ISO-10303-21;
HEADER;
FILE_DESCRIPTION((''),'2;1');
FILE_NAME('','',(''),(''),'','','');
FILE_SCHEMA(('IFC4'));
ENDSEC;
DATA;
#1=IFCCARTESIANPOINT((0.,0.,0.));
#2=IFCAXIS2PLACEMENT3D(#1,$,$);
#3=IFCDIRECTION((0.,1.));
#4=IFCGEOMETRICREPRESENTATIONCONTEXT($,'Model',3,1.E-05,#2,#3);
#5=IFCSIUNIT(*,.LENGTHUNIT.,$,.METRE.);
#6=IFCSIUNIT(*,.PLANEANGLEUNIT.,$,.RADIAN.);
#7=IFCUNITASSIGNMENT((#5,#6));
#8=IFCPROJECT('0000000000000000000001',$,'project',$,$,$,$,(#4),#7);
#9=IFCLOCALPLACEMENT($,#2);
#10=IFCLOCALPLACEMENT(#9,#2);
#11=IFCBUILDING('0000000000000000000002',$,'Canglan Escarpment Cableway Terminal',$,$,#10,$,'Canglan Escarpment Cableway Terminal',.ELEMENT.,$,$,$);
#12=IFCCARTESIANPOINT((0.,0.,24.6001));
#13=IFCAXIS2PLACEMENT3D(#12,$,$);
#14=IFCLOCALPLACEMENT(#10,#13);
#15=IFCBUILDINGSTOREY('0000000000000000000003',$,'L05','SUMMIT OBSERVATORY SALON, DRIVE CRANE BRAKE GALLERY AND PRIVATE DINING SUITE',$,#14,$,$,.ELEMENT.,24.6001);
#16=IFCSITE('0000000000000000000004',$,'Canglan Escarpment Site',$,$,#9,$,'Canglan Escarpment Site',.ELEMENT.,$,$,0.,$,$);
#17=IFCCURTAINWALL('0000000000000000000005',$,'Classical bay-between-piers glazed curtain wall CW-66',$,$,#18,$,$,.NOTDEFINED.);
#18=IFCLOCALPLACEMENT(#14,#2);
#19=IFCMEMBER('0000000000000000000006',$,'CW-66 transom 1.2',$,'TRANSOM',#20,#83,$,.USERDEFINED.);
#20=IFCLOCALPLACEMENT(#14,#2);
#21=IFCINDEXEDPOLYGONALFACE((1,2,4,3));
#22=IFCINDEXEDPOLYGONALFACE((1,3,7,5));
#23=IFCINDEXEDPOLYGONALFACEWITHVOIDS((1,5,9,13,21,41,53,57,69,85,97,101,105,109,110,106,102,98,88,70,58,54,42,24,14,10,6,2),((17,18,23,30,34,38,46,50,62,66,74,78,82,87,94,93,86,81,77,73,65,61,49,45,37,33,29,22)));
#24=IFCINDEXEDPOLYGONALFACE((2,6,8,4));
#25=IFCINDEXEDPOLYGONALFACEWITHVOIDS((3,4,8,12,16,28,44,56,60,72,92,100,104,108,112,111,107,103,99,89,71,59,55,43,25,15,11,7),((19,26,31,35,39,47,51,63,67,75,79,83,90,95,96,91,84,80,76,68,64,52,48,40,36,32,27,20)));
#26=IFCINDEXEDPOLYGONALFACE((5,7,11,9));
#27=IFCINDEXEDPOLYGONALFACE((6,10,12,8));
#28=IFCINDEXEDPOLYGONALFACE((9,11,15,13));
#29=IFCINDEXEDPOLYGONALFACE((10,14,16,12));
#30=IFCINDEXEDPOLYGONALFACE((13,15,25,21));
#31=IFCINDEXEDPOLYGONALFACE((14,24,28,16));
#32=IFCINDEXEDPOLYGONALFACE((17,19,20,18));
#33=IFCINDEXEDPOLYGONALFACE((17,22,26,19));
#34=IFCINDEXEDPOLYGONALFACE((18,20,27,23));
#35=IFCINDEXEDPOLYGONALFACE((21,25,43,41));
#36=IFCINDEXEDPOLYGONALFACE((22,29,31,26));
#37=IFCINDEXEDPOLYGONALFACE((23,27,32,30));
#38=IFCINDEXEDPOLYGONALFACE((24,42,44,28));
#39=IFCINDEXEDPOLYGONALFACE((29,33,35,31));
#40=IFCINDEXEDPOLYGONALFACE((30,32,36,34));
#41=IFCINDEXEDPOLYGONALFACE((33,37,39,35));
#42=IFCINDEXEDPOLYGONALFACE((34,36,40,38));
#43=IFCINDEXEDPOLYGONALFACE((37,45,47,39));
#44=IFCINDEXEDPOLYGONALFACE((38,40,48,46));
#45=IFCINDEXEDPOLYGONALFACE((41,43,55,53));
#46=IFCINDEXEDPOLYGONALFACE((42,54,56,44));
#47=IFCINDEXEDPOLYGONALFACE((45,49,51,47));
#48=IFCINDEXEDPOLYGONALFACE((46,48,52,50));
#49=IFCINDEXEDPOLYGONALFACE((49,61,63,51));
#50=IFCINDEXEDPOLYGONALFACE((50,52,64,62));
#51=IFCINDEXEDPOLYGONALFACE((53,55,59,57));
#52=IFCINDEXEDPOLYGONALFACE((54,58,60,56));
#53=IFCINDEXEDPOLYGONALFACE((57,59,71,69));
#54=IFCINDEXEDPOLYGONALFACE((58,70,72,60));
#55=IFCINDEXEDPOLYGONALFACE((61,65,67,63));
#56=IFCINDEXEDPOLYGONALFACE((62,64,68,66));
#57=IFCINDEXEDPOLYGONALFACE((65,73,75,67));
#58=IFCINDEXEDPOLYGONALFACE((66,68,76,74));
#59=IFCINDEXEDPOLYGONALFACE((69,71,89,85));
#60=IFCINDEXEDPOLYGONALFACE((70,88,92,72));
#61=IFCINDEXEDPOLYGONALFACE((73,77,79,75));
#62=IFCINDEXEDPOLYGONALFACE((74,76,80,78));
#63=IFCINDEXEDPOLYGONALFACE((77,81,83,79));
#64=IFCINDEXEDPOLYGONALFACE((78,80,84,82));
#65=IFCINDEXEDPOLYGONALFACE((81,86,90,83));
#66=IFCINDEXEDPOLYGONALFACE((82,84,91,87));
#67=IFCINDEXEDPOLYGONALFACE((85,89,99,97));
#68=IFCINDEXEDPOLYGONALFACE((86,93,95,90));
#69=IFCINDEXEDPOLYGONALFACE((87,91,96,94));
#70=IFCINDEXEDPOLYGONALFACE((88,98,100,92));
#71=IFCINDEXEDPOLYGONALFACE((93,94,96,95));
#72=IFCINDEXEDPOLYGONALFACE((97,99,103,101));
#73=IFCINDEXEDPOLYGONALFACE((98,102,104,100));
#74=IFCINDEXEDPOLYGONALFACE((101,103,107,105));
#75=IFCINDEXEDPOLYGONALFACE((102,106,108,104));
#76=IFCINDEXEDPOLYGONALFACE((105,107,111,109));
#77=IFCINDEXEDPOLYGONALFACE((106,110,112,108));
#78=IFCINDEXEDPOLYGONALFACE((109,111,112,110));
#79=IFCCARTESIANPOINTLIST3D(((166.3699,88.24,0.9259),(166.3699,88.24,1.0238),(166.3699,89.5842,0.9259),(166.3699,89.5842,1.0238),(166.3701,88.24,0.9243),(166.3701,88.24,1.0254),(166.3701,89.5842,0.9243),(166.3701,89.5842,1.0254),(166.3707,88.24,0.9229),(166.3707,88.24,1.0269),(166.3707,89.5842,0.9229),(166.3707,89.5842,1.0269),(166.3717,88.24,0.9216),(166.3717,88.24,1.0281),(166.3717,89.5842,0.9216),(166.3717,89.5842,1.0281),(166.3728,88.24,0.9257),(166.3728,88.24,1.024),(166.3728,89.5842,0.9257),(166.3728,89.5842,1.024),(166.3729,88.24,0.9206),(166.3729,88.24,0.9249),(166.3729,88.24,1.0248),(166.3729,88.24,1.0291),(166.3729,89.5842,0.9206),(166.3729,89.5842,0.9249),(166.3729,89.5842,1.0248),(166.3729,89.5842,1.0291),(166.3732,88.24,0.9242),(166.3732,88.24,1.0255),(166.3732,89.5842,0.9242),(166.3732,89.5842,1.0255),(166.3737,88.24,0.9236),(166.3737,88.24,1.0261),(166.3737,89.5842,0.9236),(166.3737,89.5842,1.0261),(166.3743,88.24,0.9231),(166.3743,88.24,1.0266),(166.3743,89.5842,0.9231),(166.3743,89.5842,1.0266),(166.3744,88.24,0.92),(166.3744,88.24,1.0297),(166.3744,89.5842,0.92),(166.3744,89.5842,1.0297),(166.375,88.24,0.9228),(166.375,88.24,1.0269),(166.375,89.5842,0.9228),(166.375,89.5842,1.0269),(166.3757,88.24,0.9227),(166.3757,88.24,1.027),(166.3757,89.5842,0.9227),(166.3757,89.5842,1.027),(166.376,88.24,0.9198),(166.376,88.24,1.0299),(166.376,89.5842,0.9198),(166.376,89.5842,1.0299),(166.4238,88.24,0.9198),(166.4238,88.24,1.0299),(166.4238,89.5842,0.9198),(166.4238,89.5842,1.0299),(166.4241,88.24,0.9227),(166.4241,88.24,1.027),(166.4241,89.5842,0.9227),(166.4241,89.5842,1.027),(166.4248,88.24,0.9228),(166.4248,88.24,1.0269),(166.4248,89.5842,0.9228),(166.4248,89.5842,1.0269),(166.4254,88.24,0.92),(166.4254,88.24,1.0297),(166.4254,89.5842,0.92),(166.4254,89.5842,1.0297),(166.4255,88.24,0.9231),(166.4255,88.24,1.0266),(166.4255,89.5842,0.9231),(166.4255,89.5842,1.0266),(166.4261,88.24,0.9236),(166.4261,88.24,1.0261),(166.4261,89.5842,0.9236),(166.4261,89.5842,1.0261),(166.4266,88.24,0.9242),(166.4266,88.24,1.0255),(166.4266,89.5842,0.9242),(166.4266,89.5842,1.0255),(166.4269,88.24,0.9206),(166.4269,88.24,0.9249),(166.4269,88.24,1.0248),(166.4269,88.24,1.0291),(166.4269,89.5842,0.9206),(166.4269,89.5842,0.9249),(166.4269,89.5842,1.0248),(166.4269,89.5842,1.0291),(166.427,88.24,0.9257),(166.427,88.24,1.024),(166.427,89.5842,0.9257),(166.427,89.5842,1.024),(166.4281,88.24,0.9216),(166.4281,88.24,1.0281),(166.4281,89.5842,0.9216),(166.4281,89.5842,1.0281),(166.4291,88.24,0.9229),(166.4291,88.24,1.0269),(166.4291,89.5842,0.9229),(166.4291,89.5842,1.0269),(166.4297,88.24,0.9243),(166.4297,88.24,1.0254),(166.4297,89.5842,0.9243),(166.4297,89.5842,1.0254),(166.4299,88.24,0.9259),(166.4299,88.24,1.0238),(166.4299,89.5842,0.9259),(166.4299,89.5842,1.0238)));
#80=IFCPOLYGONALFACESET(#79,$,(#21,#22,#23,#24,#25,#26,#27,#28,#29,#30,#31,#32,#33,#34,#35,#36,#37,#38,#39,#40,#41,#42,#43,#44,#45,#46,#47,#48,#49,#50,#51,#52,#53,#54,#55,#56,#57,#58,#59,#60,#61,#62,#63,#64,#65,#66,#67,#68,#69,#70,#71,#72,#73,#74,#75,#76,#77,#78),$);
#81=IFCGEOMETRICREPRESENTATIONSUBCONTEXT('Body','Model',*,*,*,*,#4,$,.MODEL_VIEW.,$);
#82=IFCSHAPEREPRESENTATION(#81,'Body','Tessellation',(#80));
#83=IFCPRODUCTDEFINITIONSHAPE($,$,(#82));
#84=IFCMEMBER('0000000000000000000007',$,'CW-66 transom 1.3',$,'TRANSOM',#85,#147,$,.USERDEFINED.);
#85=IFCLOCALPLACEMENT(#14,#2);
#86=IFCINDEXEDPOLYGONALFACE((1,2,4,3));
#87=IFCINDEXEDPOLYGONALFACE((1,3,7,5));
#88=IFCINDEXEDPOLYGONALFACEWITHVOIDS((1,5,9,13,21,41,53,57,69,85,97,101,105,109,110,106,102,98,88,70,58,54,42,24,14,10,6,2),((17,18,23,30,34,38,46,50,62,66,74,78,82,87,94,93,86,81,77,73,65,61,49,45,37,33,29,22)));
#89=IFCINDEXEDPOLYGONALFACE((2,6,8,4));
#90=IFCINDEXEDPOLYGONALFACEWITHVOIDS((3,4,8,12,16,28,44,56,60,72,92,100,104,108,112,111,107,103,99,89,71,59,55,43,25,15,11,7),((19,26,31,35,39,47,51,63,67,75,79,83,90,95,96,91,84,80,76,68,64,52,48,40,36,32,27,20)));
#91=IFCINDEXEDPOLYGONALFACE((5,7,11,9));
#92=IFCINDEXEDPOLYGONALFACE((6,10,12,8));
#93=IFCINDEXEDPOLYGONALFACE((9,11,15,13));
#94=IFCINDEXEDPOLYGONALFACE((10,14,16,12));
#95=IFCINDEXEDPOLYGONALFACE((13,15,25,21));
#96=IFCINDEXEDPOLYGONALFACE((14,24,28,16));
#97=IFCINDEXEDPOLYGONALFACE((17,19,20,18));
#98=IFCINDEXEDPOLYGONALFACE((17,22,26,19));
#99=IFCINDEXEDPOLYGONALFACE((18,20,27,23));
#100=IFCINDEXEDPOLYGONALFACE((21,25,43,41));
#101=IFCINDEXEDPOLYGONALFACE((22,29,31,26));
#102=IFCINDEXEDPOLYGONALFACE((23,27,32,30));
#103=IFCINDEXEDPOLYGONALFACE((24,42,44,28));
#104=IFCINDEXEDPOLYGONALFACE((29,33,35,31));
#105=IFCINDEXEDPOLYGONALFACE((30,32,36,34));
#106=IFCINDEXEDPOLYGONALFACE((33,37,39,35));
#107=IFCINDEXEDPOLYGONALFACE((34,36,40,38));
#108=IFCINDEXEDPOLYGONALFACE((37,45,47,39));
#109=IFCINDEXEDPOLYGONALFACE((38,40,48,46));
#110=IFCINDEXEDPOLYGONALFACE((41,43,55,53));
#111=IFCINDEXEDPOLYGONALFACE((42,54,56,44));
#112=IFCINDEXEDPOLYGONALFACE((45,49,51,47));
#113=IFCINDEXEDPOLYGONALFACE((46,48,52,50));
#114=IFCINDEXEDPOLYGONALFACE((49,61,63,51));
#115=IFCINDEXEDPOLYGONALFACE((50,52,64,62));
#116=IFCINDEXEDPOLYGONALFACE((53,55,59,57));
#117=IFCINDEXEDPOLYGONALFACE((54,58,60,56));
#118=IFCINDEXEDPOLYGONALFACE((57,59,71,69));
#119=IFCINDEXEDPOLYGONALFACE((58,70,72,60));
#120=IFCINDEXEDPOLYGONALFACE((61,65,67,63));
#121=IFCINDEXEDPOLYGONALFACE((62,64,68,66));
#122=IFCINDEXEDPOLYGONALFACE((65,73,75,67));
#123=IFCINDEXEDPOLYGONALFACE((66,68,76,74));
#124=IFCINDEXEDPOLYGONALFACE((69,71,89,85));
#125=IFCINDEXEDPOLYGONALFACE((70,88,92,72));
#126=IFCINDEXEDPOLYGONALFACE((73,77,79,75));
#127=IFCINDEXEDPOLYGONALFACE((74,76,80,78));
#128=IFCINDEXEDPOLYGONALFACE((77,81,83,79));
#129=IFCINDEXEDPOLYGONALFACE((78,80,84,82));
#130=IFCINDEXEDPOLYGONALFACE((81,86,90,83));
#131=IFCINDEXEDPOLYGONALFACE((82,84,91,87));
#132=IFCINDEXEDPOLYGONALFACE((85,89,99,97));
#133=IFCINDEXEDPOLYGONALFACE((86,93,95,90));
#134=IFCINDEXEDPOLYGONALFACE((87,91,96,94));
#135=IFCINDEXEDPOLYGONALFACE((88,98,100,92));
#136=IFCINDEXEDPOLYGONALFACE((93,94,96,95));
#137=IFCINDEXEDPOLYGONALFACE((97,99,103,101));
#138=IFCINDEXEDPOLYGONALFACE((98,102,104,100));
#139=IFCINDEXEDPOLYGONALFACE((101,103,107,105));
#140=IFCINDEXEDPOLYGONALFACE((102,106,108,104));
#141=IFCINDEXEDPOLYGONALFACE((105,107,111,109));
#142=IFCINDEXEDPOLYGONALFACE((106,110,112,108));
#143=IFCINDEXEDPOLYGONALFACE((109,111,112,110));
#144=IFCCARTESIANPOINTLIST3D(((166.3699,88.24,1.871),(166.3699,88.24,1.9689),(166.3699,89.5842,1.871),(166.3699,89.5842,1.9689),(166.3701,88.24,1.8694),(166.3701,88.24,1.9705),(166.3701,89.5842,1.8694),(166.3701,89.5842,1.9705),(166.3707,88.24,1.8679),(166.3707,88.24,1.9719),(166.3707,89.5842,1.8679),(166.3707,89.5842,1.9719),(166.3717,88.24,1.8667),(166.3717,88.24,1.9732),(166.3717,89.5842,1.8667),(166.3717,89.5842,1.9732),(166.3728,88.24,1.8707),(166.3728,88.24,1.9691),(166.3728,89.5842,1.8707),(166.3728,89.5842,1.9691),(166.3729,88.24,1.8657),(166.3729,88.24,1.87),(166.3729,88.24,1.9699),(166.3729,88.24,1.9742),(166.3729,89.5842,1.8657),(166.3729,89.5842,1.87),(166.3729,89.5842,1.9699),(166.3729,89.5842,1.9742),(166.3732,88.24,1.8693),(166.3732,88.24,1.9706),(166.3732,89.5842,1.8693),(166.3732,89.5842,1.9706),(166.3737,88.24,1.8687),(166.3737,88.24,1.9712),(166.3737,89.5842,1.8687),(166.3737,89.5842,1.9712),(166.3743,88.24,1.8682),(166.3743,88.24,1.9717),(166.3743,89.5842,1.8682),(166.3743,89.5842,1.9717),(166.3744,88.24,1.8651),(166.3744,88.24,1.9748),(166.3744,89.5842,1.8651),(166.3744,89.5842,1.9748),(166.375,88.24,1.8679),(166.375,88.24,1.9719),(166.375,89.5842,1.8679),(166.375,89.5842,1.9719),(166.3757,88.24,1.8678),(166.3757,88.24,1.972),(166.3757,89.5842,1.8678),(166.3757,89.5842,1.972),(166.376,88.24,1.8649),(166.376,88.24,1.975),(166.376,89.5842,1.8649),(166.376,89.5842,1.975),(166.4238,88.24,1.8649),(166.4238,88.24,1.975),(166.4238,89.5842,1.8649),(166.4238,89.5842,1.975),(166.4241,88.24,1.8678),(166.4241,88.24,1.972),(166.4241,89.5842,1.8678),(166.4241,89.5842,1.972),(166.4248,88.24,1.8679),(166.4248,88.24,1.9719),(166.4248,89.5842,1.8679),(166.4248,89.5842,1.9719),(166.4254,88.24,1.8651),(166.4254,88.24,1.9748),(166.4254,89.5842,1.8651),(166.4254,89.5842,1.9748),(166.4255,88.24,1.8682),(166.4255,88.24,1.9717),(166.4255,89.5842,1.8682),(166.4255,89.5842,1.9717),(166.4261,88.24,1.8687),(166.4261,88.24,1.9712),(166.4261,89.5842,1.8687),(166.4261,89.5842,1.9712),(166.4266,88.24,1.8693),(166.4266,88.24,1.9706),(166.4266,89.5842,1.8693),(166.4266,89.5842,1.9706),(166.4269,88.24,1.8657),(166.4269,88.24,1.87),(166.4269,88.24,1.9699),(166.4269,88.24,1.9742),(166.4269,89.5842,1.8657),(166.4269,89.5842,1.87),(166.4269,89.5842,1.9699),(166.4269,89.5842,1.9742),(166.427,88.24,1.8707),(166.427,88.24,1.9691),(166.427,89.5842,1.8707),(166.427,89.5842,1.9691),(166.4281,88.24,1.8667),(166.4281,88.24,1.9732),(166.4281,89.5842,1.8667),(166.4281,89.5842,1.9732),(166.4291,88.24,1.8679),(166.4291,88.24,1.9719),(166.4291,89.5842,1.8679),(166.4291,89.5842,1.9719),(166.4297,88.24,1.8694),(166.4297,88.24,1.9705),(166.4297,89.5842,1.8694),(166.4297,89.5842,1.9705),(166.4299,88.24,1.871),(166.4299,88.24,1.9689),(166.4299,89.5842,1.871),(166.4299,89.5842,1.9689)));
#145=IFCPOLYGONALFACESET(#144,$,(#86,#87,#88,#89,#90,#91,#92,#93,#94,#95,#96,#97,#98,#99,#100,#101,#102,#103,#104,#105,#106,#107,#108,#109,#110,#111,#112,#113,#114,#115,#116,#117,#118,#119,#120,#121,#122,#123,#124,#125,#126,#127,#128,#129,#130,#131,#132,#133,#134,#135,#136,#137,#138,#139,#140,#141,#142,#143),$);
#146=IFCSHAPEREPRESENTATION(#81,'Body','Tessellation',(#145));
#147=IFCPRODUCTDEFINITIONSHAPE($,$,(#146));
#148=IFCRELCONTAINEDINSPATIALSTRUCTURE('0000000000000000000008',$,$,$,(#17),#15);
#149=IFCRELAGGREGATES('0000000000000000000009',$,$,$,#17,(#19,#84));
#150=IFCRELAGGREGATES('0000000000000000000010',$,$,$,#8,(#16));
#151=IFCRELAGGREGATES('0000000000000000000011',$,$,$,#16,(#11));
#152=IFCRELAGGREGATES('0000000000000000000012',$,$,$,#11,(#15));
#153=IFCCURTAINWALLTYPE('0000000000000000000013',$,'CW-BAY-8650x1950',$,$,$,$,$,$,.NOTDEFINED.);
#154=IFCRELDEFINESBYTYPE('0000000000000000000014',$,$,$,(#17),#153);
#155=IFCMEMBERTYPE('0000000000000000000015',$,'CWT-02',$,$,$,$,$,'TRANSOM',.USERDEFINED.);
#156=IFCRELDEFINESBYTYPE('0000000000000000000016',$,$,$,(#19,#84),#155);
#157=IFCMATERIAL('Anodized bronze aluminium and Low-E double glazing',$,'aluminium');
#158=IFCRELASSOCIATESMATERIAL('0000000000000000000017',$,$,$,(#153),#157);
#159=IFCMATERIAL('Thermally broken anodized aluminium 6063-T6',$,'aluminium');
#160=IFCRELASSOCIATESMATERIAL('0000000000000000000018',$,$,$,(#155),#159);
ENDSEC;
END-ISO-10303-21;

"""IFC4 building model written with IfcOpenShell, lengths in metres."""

from ifc_helpers import new_model, si_unit, direction, frame, origin, origin_2d, place, context, subcontext, project, spatial, hollow_rectangle, extrude, material, material_profile, profile_set, type_object, element, aggregate, save


model = new_model("IFC4")

# Units and contexts
model_context = context("Model", 3, precision=1e-05, world=origin(), true_north=direction((0.0, 1.0)))
body_context = subcontext(model_context, "Body", "Model", "MODEL_VIEW")
ifc_project = project(units=[si_unit("LENGTHUNIT", "METRE"), si_unit("PLANEANGLEUNIT", "RADIAN")], contexts=[model_context])

# Site, building, storey
site_placement = place(None, origin())
site = spatial("IfcSite", under=ifc_project, at=site_placement, Name="Canglan Escarpment Site", LongName="Canglan Escarpment Site", CompositionType="ELEMENT", RefElevation=0.0)
building_placement = place(site_placement, origin())
building = spatial("IfcBuilding", under=site, at=building_placement, Name="Canglan Escarpment Cableway Terminal", LongName="Canglan Escarpment Cableway Terminal", CompositionType="ELEMENT")
storey_placement = place(building_placement, frame((0.0, 0.0, 24.6001)))
storey = spatial("IfcBuildingStorey", under=building, at=storey_placement, Name="L05", Description="SUMMIT OBSERVATORY SALON, DRIVE CRANE BRAKE GALLERY AND PRIVATE DINING SUITE", CompositionType="ELEMENT", Elevation=24.6001)

# Curtain wall
ifc_material_1 = material(Name="Anodized bronze aluminium and Low-E double glazing", Category="aluminium")
curtain_wall_type = type_object("IfcCurtainWallType", Name="CW-BAY-8650x1950", PredefinedType="NOTDEFINED", material=ifc_material_1)
ifc_material_2 = material(Name="Thermally broken anodized aluminium 6063-T6", Category="aluminium")
curtain_wall_1_placement = place(storey_placement, origin())
curtain_wall_1 = element("IfcCurtainWall", 1, at=curtain_wall_1_placement, inside=storey, type_object=curtain_wall_type, Name="Classical bay-between-piers glazed curtain wall CW-66", PredefinedType="NOTDEFINED")

# Members
ifc_material_profile_1 = material_profile(ifc_material_2, hollow_rectangle(XDim=0.0601, YDim=0.1101, WallThickness=0.0029, InnerFilletRadius=0.0029, OuterFilletRadius=0.0061, at=origin_2d()), Name="ALU-TRAN 60x110x3")
ifc_profile_set_1 = profile_set([ifc_material_profile_1], Name="Thermally broken anodized aluminium 6063-T6")
member_type_1 = type_object("IfcMemberType", Name="CWT-02", ElementType="TRANSOM", PredefinedType="USERDEFINED", material=ifc_profile_set_1)
member_1_placement = place(storey_placement, frame((166.3999, 88.24, 0.9749), z_axis=(0.0, 1.0, 0.0), x_axis=(-1.0, 0.0, 0.0)))
member_1 = element("IfcMember", 2, at=member_1_placement, type_object=member_type_1, Name="CW-66 transom 1.2", ObjectType="TRANSOM", PredefinedType="USERDEFINED", context=body_context, shape_type="SweptSolid", body=[
    extrude(hollow_rectangle(XDim=0.0601, YDim=0.1101, WallThickness=0.0029, InnerFilletRadius=0.0029, OuterFilletRadius=0.0061, at=origin_2d()), origin(), (0.0, 0.0, 1.0), 1.3442),
])
member_2_placement = place(storey_placement, frame((166.3999, 88.24, 1.9199), z_axis=(0.0, 1.0, 0.0), x_axis=(-1.0, 0.0, 0.0)))
member_2 = element("IfcMember", 3, at=member_2_placement, type_object=member_type_1, Name="CW-66 transom 1.3", ObjectType="TRANSOM", PredefinedType="USERDEFINED", context=body_context, shape_type="SweptSolid", body=[
    extrude(hollow_rectangle(XDim=0.0601, YDim=0.1101, WallThickness=0.0029, InnerFilletRadius=0.0029, OuterFilletRadius=0.0061, at=origin_2d()), origin(), (0.0, 0.0, 1.0), 1.3442),
])

aggregate(curtain_wall_1, [member_1, member_2])

save(model, "model.ifc")
